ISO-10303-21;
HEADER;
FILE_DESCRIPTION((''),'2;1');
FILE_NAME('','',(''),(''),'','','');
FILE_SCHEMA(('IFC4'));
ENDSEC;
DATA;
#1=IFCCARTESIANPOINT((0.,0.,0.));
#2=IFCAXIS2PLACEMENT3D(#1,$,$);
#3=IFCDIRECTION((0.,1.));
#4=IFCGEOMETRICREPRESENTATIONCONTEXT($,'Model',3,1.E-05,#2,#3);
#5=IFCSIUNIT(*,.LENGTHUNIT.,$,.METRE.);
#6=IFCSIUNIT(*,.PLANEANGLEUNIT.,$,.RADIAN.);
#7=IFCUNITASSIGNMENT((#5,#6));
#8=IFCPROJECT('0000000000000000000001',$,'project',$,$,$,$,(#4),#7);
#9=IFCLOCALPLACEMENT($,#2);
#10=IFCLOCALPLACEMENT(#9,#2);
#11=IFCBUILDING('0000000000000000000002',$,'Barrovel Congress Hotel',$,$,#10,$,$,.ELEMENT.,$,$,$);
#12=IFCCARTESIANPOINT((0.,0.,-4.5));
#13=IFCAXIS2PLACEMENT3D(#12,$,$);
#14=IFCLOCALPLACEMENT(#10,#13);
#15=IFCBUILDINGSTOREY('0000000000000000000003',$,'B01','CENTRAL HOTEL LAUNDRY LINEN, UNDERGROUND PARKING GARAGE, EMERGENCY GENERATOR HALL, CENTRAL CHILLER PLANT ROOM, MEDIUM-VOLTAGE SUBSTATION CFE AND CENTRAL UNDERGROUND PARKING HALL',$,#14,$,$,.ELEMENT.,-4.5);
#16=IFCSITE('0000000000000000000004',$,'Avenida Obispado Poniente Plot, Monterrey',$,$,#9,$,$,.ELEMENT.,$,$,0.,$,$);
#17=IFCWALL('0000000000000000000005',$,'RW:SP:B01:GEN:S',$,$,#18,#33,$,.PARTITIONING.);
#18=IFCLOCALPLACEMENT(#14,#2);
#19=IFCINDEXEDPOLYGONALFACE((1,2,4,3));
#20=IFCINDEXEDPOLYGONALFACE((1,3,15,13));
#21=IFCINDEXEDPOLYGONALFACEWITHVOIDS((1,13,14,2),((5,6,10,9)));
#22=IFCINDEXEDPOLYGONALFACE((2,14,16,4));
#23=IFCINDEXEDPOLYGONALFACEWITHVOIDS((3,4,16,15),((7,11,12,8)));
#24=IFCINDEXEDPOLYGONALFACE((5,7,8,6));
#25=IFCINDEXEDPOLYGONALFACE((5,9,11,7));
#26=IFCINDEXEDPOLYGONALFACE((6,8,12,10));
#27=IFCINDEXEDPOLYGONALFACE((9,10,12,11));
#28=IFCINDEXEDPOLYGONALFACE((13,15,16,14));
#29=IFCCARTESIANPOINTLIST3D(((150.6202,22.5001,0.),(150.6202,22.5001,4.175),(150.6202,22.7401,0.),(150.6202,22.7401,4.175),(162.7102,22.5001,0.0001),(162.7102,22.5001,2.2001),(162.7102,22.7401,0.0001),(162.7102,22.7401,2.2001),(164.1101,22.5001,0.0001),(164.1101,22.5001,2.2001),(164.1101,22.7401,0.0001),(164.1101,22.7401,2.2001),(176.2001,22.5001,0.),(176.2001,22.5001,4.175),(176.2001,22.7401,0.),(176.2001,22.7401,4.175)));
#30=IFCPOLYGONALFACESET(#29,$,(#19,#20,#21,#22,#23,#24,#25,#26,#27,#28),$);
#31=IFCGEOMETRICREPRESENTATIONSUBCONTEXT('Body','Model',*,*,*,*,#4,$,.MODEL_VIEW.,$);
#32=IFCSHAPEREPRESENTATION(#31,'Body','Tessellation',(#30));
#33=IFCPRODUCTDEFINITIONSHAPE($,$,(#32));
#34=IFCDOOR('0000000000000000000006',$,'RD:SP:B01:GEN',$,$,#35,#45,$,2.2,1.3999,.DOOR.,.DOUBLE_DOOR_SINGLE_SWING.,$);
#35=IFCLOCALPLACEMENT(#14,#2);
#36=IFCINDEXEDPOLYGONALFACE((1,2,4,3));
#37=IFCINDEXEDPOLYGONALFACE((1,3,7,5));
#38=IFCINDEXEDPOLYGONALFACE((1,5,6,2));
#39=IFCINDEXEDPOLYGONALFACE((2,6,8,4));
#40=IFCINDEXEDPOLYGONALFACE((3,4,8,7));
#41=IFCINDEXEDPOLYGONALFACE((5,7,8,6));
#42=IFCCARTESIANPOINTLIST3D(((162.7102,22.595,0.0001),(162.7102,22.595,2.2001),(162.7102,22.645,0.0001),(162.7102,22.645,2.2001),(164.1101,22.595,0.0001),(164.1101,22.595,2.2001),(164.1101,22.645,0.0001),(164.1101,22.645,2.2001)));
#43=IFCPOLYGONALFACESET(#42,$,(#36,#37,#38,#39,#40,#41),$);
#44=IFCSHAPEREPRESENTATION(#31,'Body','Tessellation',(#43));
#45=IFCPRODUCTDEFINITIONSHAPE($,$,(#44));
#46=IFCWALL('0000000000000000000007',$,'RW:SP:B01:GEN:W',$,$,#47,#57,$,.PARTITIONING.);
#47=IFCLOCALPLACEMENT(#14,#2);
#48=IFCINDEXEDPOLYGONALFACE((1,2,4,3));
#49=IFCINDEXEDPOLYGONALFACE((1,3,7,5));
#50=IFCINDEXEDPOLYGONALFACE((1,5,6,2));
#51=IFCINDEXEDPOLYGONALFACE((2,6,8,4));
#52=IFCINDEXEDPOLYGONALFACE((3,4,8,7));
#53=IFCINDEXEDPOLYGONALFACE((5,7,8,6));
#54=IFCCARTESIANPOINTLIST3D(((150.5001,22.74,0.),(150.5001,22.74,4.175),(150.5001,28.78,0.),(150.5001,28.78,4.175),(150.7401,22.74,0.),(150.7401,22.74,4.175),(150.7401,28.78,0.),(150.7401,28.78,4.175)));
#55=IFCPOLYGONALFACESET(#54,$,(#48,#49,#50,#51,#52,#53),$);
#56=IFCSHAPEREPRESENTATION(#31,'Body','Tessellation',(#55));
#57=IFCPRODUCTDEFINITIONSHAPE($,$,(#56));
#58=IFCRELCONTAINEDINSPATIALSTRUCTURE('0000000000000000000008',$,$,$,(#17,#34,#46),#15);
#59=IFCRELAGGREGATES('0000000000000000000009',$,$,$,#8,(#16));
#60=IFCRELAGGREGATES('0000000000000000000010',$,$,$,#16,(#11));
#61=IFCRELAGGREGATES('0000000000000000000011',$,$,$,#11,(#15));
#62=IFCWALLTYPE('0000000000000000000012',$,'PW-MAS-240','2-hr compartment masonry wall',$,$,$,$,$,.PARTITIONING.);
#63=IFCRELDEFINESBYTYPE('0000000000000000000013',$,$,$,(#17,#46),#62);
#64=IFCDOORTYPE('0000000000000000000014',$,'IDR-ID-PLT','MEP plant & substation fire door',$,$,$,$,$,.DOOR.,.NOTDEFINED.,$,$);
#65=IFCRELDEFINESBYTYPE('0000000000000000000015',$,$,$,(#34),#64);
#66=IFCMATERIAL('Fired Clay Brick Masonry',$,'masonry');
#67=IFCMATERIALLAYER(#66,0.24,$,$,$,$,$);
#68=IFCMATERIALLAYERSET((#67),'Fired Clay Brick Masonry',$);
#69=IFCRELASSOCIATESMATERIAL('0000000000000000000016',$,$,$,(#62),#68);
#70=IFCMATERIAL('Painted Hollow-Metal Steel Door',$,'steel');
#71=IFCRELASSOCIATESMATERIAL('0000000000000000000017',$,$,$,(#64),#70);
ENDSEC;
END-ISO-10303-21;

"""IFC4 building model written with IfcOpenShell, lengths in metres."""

from ifc_helpers import new_model, si_unit, direction, frame, frame_2d, origin, place, context, subcontext, project, spatial, rectangle, extrude, material, layer, layer_set, type_object, element, fill, save


model = new_model("IFC4")

# Units and contexts
model_context = context("Model", 3, precision=1e-05, world=origin(), true_north=direction((0.0, 1.0)))
body_context = subcontext(model_context, "Body", "Model", "MODEL_VIEW")
ifc_project = project(units=[si_unit("LENGTHUNIT", "METRE"), si_unit("PLANEANGLEUNIT", "RADIAN")], contexts=[model_context])

# Site, building, storey
site_placement = place(None, origin())
site = spatial("IfcSite", under=ifc_project, at=site_placement, Name="Avenida Obispado Poniente Plot, Monterrey", CompositionType="ELEMENT", RefElevation=0.0)
building_placement = place(site_placement, origin())
building = spatial("IfcBuilding", under=site, at=building_placement, Name="Barrovel Congress Hotel", CompositionType="ELEMENT")
storey_placement = place(building_placement, frame((0.0, 0.0, -4.5)))
storey = spatial("IfcBuildingStorey", under=building, at=storey_placement, Name="B01", Description="CENTRAL HOTEL LAUNDRY LINEN, UNDERGROUND PARKING GARAGE, EMERGENCY GENERATOR HALL, CENTRAL CHILLER PLANT ROOM, MEDIUM-VOLTAGE SUBSTATION CFE AND CENTRAL UNDERGROUND PARKING HALL", CompositionType="ELEMENT", Elevation=-4.5)

# Wall, opening, door
ifc_material_1 = material(Name="Fired Clay Brick Masonry", Category="masonry")
ifc_layer = layer(ifc_material_1, 0.24)
ifc_layer_set = layer_set([ifc_layer], Name="Fired Clay Brick Masonry")
wall_type = type_object("IfcWallType", Name="PW-MAS-240", Description="2-hr compartment masonry wall", PredefinedType="PARTITIONING", material=ifc_layer_set)
wall_1_placement = place(storey_placement, frame((150.6201, 22.6201, 0.0), z_axis=(0.0, 0.0, 1.0), x_axis=(1.0, 0.0, 0.0)))
wall_1 = element("IfcWall", 1, at=wall_1_placement, inside=storey, type_object=wall_type, Name="RW:SP:B01:GEN:S", PredefinedType="PARTITIONING", context=body_context, shape_type="SweptSolid", body=[
    extrude(rectangle(XDim=25.5798, YDim=0.24, at=frame_2d((12.79, 0.0))), origin(), (0.0, 0.0, 1.0), 4.175),
])
opening_placement = place(wall_1_placement, frame((12.0901, 0.0, 0.0)))
opening = element("IfcOpeningElement", 2, at=opening_placement, cuts=wall_1, PredefinedType="OPENING", context=body_context, shape_type="SweptSolid", body=[
    extrude(rectangle(XDim=1.3999, YDim=2.2, at=frame_2d((0.7, 1.1001))), frame((0.0, 0.1299, 0.0), z_axis=(0.0, -1.0, 0.0), x_axis=(1.0, 0.0, 0.0)), (0.0, 0.0, 1.0), 0.26),
])
ifc_material_2 = material(Name="Painted Hollow-Metal Steel Door", Category="steel")
door_type = type_object("IfcDoorType", Name="IDR-ID-PLT", Description="MEP plant & substation fire door", OperationType="NOTDEFINED", PredefinedType="DOOR", material=ifc_material_2)
door_placement = place(opening_placement, origin())
door = element("IfcDoor", 3, at=door_placement, inside=storey, type_object=door_type, Name="RD:SP:B01:GEN", OperationType="DOUBLE_DOOR_SINGLE_SWING", OverallHeight=2.2, OverallWidth=1.3999, PredefinedType="DOOR", context=body_context, shape_type="SweptSolid", body=[
    extrude(rectangle(XDim=1.3999, YDim=2.2, at=frame_2d((0.7, 1.1001))), frame((0.0, 0.0249, 0.0), z_axis=(0.0, -1.0, 0.0), x_axis=(1.0, 0.0, 0.0)), (0.0, 0.0, 1.0), 0.05),
])
fill(opening, door)

# Wall
wall_2_placement = place(storey_placement, frame((150.6201, 22.74, 0.0), z_axis=(0.0, 0.0, 1.0), x_axis=(0.0, 1.0, 0.0)))
element("IfcWall", 4, at=wall_2_placement, inside=storey, type_object=wall_type, Name="RW:SP:B01:GEN:W", PredefinedType="PARTITIONING", context=body_context, shape_type="SweptSolid", body=[
    extrude(rectangle(XDim=6.04, YDim=0.24, at=frame_2d((3.02, 0.0))), origin(), (0.0, 0.0, 1.0), 4.175),
])

save(model, "model.ifc")
